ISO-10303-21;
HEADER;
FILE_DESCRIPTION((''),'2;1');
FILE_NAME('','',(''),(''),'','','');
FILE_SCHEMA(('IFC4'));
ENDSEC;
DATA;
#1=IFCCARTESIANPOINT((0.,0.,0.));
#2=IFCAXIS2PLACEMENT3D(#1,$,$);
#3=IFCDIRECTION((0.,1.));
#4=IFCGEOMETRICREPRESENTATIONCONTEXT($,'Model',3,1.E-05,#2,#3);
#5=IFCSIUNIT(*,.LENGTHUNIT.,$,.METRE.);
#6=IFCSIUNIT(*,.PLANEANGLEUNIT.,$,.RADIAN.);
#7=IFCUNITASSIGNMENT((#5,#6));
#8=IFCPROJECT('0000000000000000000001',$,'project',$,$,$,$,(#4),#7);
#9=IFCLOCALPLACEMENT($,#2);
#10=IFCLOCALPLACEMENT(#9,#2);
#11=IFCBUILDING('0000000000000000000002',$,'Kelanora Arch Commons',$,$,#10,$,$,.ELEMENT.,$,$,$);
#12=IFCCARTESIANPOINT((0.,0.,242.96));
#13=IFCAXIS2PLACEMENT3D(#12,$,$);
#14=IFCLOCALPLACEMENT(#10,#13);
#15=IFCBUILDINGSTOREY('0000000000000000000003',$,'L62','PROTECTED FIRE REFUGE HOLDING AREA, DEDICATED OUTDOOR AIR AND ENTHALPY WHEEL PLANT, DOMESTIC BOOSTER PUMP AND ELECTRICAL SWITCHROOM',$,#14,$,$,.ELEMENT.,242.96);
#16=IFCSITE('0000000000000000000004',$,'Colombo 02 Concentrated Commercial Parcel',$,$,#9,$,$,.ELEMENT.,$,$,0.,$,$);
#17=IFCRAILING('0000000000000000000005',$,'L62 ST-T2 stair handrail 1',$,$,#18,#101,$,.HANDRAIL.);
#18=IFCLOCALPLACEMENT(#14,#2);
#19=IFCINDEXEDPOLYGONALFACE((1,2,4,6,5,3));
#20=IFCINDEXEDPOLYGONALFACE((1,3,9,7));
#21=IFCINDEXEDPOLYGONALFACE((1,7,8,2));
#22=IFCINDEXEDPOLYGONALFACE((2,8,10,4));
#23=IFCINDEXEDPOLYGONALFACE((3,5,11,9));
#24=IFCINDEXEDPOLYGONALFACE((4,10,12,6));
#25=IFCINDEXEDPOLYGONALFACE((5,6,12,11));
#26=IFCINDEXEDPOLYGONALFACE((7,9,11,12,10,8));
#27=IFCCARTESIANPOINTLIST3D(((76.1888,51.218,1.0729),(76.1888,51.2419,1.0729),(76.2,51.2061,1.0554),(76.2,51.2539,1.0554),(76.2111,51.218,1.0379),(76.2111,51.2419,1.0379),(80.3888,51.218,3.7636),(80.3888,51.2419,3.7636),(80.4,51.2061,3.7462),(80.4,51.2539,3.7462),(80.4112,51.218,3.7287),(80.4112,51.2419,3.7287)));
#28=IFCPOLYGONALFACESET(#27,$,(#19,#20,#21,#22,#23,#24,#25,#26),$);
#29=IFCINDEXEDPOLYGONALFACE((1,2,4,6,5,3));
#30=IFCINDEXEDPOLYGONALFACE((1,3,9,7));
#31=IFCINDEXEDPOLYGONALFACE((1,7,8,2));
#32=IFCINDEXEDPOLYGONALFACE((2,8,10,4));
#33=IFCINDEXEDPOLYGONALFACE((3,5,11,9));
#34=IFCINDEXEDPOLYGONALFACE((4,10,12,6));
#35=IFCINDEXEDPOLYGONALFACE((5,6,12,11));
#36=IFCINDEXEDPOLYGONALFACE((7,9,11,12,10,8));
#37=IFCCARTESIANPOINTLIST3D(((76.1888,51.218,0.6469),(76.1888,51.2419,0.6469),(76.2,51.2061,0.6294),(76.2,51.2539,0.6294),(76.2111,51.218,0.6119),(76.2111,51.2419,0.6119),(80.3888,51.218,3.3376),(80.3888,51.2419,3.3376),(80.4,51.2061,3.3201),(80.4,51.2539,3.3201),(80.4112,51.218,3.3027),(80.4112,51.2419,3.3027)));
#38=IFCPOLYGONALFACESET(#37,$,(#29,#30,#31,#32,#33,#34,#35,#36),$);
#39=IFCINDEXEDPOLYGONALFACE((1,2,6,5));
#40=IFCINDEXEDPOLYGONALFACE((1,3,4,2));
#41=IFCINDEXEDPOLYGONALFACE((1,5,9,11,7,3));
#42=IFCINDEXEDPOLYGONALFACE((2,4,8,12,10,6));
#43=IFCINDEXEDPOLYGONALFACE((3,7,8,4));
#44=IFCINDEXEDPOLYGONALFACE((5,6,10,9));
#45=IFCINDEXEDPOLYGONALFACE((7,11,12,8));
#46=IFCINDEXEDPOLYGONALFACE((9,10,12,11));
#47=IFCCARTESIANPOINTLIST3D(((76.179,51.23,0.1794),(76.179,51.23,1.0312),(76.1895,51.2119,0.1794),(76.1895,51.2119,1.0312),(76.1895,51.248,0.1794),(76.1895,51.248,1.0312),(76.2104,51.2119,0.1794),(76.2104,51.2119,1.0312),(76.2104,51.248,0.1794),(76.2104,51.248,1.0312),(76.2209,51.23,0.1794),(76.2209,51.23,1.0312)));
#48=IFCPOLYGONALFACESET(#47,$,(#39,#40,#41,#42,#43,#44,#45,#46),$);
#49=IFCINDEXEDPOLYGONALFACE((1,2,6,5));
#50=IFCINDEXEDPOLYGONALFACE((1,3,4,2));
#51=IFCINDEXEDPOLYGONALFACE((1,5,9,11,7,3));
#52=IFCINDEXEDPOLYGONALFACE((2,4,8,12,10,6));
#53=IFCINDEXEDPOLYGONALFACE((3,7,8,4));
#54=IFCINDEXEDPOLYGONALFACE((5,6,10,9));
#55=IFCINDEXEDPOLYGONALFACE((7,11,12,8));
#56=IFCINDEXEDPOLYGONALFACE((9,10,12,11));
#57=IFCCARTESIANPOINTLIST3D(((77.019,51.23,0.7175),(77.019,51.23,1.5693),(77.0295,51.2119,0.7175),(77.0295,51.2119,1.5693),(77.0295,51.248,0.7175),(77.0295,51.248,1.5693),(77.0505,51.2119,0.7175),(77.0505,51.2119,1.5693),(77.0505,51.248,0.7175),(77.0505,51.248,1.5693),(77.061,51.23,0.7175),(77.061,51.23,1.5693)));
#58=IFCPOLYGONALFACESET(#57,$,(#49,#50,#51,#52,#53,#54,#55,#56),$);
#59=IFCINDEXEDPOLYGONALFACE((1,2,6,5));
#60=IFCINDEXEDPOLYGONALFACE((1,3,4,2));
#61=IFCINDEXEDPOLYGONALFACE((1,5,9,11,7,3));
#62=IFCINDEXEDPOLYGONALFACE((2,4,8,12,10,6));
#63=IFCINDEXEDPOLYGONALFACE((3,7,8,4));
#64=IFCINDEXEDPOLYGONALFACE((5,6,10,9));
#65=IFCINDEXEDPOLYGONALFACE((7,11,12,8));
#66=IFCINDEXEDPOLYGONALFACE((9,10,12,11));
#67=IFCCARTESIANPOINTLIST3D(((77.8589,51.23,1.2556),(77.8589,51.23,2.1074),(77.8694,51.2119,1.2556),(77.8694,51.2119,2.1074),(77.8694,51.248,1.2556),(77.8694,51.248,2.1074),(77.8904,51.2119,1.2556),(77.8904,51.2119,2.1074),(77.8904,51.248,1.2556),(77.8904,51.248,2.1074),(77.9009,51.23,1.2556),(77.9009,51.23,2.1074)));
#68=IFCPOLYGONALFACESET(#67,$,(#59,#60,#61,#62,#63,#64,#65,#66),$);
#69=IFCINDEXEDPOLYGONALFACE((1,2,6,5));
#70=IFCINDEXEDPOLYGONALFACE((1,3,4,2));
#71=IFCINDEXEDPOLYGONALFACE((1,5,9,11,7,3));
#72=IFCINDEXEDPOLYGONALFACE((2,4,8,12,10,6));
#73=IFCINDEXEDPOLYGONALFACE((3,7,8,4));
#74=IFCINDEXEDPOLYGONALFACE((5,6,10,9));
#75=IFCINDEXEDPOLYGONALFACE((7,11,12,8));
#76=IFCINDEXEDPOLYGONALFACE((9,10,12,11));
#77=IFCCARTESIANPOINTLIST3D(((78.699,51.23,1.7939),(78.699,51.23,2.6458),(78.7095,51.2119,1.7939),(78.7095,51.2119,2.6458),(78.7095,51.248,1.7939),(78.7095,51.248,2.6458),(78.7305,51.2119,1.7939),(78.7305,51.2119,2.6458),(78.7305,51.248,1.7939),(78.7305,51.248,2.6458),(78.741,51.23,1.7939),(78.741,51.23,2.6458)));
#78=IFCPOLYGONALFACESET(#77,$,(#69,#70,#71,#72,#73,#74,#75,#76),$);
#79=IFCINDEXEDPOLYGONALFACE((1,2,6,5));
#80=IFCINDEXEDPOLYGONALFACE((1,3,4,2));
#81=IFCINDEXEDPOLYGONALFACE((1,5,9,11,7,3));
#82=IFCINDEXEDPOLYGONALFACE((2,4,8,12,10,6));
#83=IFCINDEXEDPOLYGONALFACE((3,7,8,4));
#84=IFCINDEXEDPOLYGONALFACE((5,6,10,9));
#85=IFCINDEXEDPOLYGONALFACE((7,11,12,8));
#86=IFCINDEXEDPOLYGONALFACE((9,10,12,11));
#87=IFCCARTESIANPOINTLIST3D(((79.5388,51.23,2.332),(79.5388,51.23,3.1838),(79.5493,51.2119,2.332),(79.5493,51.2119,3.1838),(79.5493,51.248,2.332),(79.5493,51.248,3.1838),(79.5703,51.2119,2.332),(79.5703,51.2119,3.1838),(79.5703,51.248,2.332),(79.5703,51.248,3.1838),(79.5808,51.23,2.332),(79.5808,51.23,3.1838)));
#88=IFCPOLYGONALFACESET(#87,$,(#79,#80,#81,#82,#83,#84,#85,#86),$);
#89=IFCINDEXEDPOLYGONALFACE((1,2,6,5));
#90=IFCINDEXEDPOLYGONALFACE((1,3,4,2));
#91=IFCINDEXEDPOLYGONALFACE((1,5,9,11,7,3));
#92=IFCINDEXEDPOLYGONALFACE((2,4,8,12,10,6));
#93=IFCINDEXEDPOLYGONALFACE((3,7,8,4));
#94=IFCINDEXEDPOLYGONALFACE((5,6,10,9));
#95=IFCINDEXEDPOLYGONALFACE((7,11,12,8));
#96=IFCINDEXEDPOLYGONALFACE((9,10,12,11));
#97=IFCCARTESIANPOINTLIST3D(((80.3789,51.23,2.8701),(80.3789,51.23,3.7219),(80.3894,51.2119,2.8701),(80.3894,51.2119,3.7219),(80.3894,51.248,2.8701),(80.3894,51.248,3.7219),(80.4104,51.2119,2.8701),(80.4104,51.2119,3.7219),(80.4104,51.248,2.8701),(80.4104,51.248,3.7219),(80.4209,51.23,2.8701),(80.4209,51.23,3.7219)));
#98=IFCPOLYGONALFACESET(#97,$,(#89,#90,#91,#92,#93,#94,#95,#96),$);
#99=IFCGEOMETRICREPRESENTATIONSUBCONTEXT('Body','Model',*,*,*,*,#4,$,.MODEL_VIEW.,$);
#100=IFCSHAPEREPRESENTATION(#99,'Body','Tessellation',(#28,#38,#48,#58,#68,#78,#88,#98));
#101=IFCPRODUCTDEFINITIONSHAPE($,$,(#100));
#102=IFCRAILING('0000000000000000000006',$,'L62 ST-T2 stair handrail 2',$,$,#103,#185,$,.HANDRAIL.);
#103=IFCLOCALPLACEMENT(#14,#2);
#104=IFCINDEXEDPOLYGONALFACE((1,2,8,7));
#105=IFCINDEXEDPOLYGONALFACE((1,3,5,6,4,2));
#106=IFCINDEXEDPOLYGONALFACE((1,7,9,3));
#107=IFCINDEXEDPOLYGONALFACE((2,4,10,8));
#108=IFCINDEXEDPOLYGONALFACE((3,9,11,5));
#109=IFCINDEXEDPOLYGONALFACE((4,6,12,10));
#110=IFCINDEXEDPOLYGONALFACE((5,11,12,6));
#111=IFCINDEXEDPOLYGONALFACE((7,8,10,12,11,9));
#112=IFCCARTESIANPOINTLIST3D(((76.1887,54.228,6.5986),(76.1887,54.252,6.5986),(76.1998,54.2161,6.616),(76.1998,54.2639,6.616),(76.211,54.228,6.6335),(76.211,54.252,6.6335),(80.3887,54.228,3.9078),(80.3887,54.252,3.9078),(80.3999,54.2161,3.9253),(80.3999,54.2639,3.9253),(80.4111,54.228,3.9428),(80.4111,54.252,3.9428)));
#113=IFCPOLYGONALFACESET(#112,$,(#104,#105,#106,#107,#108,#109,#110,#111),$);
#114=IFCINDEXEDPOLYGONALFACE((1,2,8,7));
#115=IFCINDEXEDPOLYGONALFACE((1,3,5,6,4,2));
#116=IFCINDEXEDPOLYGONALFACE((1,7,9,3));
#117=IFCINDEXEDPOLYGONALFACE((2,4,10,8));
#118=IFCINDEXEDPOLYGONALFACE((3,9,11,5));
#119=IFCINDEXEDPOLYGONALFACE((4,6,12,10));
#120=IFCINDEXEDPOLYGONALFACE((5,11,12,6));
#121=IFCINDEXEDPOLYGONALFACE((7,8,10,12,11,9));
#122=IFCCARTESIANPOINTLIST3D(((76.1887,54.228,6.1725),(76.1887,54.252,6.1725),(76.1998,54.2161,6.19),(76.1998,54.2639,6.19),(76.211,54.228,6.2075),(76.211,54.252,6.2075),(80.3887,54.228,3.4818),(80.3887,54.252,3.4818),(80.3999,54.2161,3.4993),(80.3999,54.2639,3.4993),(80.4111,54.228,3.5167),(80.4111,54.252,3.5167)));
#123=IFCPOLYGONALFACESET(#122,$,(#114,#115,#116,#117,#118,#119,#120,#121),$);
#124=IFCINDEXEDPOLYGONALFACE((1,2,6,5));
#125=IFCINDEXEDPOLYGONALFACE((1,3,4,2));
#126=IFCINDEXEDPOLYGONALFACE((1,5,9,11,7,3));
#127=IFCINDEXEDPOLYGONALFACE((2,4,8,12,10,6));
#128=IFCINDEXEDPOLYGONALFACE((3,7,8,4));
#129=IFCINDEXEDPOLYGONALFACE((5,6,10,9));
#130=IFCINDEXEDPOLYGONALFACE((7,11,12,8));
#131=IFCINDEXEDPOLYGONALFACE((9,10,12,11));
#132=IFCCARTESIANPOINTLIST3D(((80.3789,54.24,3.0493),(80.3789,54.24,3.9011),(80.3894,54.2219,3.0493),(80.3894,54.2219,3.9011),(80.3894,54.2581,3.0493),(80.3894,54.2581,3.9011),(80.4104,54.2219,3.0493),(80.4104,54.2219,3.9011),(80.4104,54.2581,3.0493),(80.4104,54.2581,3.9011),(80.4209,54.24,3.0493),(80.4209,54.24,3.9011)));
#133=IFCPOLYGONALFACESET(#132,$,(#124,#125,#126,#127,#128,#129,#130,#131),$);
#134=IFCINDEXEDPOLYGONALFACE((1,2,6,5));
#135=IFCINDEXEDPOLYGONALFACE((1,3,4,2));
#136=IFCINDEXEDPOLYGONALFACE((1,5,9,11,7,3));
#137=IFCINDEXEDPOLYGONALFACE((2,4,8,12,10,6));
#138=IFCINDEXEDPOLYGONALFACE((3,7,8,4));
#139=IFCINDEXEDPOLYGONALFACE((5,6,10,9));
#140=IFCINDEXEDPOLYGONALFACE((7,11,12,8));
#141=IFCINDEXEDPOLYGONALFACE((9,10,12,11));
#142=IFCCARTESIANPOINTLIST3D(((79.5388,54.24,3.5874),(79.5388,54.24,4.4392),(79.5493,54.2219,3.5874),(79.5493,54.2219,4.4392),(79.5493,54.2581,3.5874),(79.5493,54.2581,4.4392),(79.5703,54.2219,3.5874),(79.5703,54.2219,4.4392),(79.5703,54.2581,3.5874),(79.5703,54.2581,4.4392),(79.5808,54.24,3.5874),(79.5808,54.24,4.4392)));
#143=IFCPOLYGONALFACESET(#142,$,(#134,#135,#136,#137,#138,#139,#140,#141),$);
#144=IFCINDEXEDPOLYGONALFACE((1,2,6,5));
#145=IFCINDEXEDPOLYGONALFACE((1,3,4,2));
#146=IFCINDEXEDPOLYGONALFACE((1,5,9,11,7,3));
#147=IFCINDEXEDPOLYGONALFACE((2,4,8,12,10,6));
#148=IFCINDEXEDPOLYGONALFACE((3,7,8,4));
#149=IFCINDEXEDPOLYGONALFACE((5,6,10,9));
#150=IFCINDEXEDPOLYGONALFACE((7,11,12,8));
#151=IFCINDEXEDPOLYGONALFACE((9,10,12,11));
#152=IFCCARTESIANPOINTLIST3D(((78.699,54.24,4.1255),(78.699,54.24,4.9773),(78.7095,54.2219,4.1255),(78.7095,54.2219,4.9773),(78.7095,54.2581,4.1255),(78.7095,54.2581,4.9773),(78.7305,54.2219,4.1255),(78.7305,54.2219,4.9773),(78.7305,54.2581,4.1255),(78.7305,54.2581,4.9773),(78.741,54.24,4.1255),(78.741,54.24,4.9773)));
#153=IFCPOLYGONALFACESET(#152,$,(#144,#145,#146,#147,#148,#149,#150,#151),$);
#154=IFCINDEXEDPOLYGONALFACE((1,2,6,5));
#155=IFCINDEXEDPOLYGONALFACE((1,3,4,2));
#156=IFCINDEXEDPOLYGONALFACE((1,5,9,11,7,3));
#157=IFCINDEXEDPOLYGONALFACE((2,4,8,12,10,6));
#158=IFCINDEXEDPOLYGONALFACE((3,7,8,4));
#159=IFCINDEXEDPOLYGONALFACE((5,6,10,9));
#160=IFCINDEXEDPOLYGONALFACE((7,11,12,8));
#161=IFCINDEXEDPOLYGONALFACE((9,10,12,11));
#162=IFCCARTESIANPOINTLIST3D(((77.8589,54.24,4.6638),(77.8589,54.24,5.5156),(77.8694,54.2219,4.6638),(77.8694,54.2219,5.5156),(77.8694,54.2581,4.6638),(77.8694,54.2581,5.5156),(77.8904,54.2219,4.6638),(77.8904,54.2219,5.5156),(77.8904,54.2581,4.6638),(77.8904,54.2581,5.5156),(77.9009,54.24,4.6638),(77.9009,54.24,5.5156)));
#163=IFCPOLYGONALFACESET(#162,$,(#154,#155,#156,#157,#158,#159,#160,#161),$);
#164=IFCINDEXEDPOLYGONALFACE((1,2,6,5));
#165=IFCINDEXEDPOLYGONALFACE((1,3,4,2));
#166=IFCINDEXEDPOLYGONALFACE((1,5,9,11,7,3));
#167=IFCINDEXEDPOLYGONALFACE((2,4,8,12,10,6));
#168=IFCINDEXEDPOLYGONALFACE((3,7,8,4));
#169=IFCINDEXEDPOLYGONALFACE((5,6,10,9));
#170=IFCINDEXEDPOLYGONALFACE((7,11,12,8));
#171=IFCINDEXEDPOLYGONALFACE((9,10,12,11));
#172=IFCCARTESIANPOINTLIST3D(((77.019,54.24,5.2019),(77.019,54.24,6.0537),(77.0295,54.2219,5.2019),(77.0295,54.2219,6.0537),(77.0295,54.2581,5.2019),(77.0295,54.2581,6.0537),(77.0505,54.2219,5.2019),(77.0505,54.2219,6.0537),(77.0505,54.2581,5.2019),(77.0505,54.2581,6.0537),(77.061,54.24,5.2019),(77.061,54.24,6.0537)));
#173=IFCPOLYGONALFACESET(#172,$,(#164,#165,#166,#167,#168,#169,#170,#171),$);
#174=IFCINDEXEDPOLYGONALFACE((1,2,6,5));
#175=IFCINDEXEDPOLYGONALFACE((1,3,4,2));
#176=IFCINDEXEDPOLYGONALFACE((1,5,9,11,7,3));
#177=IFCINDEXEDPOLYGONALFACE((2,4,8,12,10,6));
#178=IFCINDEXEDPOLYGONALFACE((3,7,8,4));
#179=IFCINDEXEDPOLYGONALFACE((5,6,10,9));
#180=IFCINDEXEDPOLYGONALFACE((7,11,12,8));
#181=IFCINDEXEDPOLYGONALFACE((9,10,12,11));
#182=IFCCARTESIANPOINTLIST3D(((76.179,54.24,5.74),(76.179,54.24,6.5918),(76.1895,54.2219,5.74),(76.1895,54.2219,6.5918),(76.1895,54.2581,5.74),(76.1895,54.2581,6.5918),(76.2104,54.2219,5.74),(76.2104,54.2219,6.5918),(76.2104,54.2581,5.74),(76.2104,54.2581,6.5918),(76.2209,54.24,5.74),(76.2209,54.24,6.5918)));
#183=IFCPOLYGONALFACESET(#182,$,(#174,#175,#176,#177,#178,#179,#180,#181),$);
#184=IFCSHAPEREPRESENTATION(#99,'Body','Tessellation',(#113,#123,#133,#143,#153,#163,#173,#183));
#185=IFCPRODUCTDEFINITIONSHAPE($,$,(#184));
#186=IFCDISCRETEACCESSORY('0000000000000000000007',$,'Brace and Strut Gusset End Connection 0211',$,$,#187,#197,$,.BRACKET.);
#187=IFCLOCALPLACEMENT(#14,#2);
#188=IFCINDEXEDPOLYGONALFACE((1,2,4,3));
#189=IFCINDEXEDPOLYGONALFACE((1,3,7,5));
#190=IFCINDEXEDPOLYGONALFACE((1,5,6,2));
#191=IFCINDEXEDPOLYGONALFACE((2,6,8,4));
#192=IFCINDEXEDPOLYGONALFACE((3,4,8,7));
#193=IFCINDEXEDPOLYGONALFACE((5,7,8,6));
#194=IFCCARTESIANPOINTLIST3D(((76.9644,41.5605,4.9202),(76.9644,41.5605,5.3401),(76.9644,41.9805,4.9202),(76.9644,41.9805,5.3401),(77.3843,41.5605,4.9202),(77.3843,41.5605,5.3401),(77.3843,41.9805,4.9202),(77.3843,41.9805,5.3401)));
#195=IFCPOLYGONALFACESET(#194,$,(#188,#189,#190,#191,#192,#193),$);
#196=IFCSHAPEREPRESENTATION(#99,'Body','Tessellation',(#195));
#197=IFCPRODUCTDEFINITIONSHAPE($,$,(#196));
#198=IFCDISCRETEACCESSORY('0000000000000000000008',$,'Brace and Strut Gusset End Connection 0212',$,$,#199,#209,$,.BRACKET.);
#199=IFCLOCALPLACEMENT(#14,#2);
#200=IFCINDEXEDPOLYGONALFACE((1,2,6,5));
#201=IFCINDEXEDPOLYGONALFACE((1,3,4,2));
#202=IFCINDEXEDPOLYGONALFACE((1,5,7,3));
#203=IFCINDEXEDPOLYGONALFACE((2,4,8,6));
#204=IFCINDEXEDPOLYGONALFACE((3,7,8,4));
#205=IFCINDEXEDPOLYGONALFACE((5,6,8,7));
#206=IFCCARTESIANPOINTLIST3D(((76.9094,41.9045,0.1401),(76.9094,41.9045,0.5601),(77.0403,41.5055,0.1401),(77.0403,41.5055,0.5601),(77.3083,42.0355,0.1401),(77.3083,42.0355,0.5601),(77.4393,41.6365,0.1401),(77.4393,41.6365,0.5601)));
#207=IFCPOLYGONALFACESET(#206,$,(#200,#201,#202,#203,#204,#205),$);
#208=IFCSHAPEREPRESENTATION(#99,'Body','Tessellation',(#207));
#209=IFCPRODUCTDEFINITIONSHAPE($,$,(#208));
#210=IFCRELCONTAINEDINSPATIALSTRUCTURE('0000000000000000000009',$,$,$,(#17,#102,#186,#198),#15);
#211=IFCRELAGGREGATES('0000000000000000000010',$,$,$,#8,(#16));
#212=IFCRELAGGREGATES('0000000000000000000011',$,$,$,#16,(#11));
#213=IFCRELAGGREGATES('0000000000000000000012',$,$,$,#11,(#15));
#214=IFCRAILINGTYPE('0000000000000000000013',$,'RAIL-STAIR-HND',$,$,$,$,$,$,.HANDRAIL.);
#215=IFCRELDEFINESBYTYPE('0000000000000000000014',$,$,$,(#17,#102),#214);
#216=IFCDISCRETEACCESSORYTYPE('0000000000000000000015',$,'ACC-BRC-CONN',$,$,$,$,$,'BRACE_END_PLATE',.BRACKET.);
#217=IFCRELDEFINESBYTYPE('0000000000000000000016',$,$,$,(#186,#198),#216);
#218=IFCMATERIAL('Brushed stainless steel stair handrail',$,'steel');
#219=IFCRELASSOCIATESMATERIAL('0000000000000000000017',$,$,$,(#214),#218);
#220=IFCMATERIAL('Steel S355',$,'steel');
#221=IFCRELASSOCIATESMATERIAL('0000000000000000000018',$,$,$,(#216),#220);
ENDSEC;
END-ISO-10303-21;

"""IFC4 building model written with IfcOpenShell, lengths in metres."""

from ifc_helpers import new_model, si_unit, direction, frame, origin, origin_2d, place, context, subcontext, project, spatial, polyline, rectangle, outline, extrude, source, transform, mapped, material, type_object, element, save


model = new_model("IFC4")

# Units and contexts
model_context = context("Model", 3, precision=1e-05, world=origin(), true_north=direction((0.0, 1.0)))
body_context = subcontext(model_context, "Body", "Model", "MODEL_VIEW")
ifc_project = project(units=[si_unit("LENGTHUNIT", "METRE"), si_unit("PLANEANGLEUNIT", "RADIAN")], contexts=[model_context])

# Site, building, storey
site_placement = place(None, origin())
site = spatial("IfcSite", under=ifc_project, at=site_placement, Name="Colombo 02 Concentrated Commercial Parcel", CompositionType="ELEMENT", RefElevation=0.0)
building_placement = place(site_placement, origin())
building = spatial("IfcBuilding", under=site, at=building_placement, Name="Kelanora Arch Commons", CompositionType="ELEMENT")
storey_placement = place(building_placement, frame((0.0, 0.0, 242.96)))
storey = spatial("IfcBuildingStorey", under=building, at=storey_placement, Name="L62", Description="PROTECTED FIRE REFUGE HOLDING AREA, DEDICATED OUTDOOR AIR AND ENTHALPY WHEEL PLANT, DOMESTIC BOOSTER PUMP AND ELECTRICAL SWITCHROOM", CompositionType="ELEMENT", Elevation=242.96)

# Shared definitions
ifc_material_1 = material(Name="Steel S355", Category="steel")

# Railings
ifc_material_2 = material(Name="Brushed stainless steel stair handrail", Category="steel")
railing_type_1 = type_object("IfcRailingType", Name="RAIL-STAIR-HND", PredefinedType="HANDRAIL", material=ifc_material_2)
railing_1_placement = place(storey_placement, frame((76.2, 51.23, 0.1794)))
element("IfcRailing", 1, at=railing_1_placement, inside=storey, type_object=railing_type_1, Name="L62 ST-T2 stair handrail 1", PredefinedType="HANDRAIL", context=body_context, shape_type="SweptSolid", body=[
    extrude(outline(polyline([(0.0239, 0.0), (0.012, 0.0208), (-0.012, 0.0208), (-0.0239, 0.0), (-0.012, -0.0208), (0.012, -0.0208), (0.0239, 0.0)])), frame((0.0, 0.0, 0.876), z_axis=(0.842025, 0.0, 0.539438), x_axis=(0.0, 1.0, 0.0)), (0.0, 0.0, 1.0), 4.988),
    extrude(outline(polyline([(0.0239, 0.0), (0.012, 0.0208), (-0.012, 0.0208), (-0.0239, 0.0), (-0.012, -0.0208), (0.012, -0.0208), (0.0239, 0.0)])), frame((0.0, 0.0, 0.45), z_axis=(0.842025, 0.0, 0.539438), x_axis=(0.0, 1.0, 0.0)), (0.0, 0.0, 1.0), 4.988),
    extrude(outline(polyline([(0.021, 0.0), (0.0105, 0.0181), (-0.0105, 0.0181), (-0.021, 0.0), (-0.0105, -0.0181), (0.0105, -0.0181), (0.021, 0.0)])), origin(), (0.0, 0.0, 1.0), 0.8518),
    extrude(outline(polyline([(0.021, 0.0), (0.0105, 0.0181), (-0.0105, 0.0181), (-0.021, 0.0), (-0.0105, -0.0181), (0.0105, -0.0181), (0.021, 0.0)])), frame((0.8401, 0.0, 0.5381)), (0.0, 0.0, 1.0), 0.8518),
    extrude(outline(polyline([(0.021, 0.0), (0.0105, 0.0181), (-0.0105, 0.0181), (-0.021, 0.0), (-0.0105, -0.0181), (0.0105, -0.0181), (0.021, 0.0)])), frame((1.6799, 0.0, 1.0762)), (0.0, 0.0, 1.0), 0.8518),
    extrude(outline(polyline([(0.021, 0.0), (0.0105, 0.0181), (-0.0105, 0.0181), (-0.021, 0.0), (-0.0105, -0.0181), (0.0105, -0.0181), (0.021, 0.0)])), frame((2.52, 0.0, 1.6145)), (0.0, 0.0, 1.0), 0.8518),
    extrude(outline(polyline([(0.021, 0.0), (0.0105, 0.0181), (-0.0105, 0.0181), (-0.021, 0.0), (-0.0105, -0.0181), (0.0105, -0.0181), (0.021, 0.0)])), frame((3.3599, 0.0, 2.1526)), (0.0, 0.0, 1.0), 0.8518),
    extrude(outline(polyline([(0.021, 0.0), (0.0105, 0.0181), (-0.0105, 0.0181), (-0.021, 0.0), (-0.0105, -0.0181), (0.0105, -0.0181), (0.021, 0.0)])), frame((4.2, 0.0, 2.6907)), (0.0, 0.0, 1.0), 0.8518),
])
railing_2_placement = place(storey_placement, frame((80.3999, 54.24, 3.0493)))
element("IfcRailing", 2, at=railing_2_placement, inside=storey, type_object=railing_type_1, Name="L62 ST-T2 stair handrail 2", PredefinedType="HANDRAIL", context=body_context, shape_type="SweptSolid", body=[
    extrude(outline(polyline([(0.0239, 0.0), (0.012, 0.0208), (-0.012, 0.0208), (-0.0239, 0.0), (-0.012, -0.0208), (0.012, -0.0208), (0.0239, 0.0)])), frame((0.0, 0.0, 0.876), z_axis=(-0.842025, 0.0, 0.539438), x_axis=(0.0, -1.0, 0.0)), (0.0, 0.0, 1.0), 4.988),
    extrude(outline(polyline([(0.0239, 0.0), (0.012, 0.0208), (-0.012, 0.0208), (-0.0239, 0.0), (-0.012, -0.0208), (0.012, -0.0208), (0.0239, 0.0)])), frame((0.0, 0.0, 0.45), z_axis=(-0.842025, 0.0, 0.539438), x_axis=(0.0, -1.0, 0.0)), (0.0, 0.0, 1.0), 4.988),
    extrude(outline(polyline([(0.021, 0.0), (0.0105, 0.0181), (-0.0105, 0.0181), (-0.021, 0.0), (-0.0105, -0.0181), (0.0105, -0.0181), (0.021, 0.0)])), origin(), (0.0, 0.0, 1.0), 0.8518),
    extrude(outline(polyline([(0.021, 0.0), (0.0105, 0.0181), (-0.0105, 0.0181), (-0.021, 0.0), (-0.0105, -0.0181), (0.0105, -0.0181), (0.021, 0.0)])), frame((-0.8401, 0.0, 0.5381)), (0.0, 0.0, 1.0), 0.8518),
    extrude(outline(polyline([(0.021, 0.0), (0.0105, 0.0181), (-0.0105, 0.0181), (-0.021, 0.0), (-0.0105, -0.0181), (0.0105, -0.0181), (0.021, 0.0)])), frame((-1.6799, 0.0, 1.0762)), (0.0, 0.0, 1.0), 0.8518),
    extrude(outline(polyline([(0.021, 0.0), (0.0105, 0.0181), (-0.0105, 0.0181), (-0.021, 0.0), (-0.0105, -0.0181), (0.0105, -0.0181), (0.021, 0.0)])), frame((-2.52, 0.0, 1.6145)), (0.0, 0.0, 1.0), 0.8518),
    extrude(outline(polyline([(0.021, 0.0), (0.0105, 0.0181), (-0.0105, 0.0181), (-0.021, 0.0), (-0.0105, -0.0181), (0.0105, -0.0181), (0.021, 0.0)])), frame((-3.3599, 0.0, 2.1526)), (0.0, 0.0, 1.0), 0.8518),
    extrude(outline(polyline([(0.021, 0.0), (0.0105, 0.0181), (-0.0105, 0.0181), (-0.021, 0.0), (-0.0105, -0.0181), (0.0105, -0.0181), (0.021, 0.0)])), frame((-4.2, 0.0, 2.6907)), (0.0, 0.0, 1.0), 0.8518),
])

# Discrete accessories
discrete_accessory_type = type_object("IfcDiscreteAccessoryType", Name="ACC-BRC-CONN", ElementType="BRACE_END_PLATE", PredefinedType="BRACKET", material=ifc_material_1)
shared_shape_1 = source(origin(), body_context, "Body", "SweptSolid", [
    extrude(rectangle(XDim=0.4199, YDim=0.4199, at=origin_2d()), origin(), (0.0, 0.0, 1.0), 0.4199),
])
for number, where, z_axis, x_axis, name in (
    (3, (77.1743, 41.7705, 4.9202), (0.0, 0.0, 1.0), (1.0, 0.0, 0.0), "Brace and Strut Gusset End Connection 0211"),
    (4, (77.1743, 41.7705, 0.1401), (0.0, 0.0, 1.0), (0.950135, 0.311837, 0.0), "Brace and Strut Gusset End Connection 0212"),
):
    element("IfcDiscreteAccessory", number, at=place(storey_placement, frame(where, z_axis=z_axis, x_axis=x_axis)), inside=storey, type_object=discrete_accessory_type, Name=name, PredefinedType="BRACKET", context=body_context, shape_type="MappedRepresentation", body=[
        mapped(shared_shape_1, transform((0.0, 0.0, 0.0), scale=1.0)),
    ])

save(model, "model.ifc")
